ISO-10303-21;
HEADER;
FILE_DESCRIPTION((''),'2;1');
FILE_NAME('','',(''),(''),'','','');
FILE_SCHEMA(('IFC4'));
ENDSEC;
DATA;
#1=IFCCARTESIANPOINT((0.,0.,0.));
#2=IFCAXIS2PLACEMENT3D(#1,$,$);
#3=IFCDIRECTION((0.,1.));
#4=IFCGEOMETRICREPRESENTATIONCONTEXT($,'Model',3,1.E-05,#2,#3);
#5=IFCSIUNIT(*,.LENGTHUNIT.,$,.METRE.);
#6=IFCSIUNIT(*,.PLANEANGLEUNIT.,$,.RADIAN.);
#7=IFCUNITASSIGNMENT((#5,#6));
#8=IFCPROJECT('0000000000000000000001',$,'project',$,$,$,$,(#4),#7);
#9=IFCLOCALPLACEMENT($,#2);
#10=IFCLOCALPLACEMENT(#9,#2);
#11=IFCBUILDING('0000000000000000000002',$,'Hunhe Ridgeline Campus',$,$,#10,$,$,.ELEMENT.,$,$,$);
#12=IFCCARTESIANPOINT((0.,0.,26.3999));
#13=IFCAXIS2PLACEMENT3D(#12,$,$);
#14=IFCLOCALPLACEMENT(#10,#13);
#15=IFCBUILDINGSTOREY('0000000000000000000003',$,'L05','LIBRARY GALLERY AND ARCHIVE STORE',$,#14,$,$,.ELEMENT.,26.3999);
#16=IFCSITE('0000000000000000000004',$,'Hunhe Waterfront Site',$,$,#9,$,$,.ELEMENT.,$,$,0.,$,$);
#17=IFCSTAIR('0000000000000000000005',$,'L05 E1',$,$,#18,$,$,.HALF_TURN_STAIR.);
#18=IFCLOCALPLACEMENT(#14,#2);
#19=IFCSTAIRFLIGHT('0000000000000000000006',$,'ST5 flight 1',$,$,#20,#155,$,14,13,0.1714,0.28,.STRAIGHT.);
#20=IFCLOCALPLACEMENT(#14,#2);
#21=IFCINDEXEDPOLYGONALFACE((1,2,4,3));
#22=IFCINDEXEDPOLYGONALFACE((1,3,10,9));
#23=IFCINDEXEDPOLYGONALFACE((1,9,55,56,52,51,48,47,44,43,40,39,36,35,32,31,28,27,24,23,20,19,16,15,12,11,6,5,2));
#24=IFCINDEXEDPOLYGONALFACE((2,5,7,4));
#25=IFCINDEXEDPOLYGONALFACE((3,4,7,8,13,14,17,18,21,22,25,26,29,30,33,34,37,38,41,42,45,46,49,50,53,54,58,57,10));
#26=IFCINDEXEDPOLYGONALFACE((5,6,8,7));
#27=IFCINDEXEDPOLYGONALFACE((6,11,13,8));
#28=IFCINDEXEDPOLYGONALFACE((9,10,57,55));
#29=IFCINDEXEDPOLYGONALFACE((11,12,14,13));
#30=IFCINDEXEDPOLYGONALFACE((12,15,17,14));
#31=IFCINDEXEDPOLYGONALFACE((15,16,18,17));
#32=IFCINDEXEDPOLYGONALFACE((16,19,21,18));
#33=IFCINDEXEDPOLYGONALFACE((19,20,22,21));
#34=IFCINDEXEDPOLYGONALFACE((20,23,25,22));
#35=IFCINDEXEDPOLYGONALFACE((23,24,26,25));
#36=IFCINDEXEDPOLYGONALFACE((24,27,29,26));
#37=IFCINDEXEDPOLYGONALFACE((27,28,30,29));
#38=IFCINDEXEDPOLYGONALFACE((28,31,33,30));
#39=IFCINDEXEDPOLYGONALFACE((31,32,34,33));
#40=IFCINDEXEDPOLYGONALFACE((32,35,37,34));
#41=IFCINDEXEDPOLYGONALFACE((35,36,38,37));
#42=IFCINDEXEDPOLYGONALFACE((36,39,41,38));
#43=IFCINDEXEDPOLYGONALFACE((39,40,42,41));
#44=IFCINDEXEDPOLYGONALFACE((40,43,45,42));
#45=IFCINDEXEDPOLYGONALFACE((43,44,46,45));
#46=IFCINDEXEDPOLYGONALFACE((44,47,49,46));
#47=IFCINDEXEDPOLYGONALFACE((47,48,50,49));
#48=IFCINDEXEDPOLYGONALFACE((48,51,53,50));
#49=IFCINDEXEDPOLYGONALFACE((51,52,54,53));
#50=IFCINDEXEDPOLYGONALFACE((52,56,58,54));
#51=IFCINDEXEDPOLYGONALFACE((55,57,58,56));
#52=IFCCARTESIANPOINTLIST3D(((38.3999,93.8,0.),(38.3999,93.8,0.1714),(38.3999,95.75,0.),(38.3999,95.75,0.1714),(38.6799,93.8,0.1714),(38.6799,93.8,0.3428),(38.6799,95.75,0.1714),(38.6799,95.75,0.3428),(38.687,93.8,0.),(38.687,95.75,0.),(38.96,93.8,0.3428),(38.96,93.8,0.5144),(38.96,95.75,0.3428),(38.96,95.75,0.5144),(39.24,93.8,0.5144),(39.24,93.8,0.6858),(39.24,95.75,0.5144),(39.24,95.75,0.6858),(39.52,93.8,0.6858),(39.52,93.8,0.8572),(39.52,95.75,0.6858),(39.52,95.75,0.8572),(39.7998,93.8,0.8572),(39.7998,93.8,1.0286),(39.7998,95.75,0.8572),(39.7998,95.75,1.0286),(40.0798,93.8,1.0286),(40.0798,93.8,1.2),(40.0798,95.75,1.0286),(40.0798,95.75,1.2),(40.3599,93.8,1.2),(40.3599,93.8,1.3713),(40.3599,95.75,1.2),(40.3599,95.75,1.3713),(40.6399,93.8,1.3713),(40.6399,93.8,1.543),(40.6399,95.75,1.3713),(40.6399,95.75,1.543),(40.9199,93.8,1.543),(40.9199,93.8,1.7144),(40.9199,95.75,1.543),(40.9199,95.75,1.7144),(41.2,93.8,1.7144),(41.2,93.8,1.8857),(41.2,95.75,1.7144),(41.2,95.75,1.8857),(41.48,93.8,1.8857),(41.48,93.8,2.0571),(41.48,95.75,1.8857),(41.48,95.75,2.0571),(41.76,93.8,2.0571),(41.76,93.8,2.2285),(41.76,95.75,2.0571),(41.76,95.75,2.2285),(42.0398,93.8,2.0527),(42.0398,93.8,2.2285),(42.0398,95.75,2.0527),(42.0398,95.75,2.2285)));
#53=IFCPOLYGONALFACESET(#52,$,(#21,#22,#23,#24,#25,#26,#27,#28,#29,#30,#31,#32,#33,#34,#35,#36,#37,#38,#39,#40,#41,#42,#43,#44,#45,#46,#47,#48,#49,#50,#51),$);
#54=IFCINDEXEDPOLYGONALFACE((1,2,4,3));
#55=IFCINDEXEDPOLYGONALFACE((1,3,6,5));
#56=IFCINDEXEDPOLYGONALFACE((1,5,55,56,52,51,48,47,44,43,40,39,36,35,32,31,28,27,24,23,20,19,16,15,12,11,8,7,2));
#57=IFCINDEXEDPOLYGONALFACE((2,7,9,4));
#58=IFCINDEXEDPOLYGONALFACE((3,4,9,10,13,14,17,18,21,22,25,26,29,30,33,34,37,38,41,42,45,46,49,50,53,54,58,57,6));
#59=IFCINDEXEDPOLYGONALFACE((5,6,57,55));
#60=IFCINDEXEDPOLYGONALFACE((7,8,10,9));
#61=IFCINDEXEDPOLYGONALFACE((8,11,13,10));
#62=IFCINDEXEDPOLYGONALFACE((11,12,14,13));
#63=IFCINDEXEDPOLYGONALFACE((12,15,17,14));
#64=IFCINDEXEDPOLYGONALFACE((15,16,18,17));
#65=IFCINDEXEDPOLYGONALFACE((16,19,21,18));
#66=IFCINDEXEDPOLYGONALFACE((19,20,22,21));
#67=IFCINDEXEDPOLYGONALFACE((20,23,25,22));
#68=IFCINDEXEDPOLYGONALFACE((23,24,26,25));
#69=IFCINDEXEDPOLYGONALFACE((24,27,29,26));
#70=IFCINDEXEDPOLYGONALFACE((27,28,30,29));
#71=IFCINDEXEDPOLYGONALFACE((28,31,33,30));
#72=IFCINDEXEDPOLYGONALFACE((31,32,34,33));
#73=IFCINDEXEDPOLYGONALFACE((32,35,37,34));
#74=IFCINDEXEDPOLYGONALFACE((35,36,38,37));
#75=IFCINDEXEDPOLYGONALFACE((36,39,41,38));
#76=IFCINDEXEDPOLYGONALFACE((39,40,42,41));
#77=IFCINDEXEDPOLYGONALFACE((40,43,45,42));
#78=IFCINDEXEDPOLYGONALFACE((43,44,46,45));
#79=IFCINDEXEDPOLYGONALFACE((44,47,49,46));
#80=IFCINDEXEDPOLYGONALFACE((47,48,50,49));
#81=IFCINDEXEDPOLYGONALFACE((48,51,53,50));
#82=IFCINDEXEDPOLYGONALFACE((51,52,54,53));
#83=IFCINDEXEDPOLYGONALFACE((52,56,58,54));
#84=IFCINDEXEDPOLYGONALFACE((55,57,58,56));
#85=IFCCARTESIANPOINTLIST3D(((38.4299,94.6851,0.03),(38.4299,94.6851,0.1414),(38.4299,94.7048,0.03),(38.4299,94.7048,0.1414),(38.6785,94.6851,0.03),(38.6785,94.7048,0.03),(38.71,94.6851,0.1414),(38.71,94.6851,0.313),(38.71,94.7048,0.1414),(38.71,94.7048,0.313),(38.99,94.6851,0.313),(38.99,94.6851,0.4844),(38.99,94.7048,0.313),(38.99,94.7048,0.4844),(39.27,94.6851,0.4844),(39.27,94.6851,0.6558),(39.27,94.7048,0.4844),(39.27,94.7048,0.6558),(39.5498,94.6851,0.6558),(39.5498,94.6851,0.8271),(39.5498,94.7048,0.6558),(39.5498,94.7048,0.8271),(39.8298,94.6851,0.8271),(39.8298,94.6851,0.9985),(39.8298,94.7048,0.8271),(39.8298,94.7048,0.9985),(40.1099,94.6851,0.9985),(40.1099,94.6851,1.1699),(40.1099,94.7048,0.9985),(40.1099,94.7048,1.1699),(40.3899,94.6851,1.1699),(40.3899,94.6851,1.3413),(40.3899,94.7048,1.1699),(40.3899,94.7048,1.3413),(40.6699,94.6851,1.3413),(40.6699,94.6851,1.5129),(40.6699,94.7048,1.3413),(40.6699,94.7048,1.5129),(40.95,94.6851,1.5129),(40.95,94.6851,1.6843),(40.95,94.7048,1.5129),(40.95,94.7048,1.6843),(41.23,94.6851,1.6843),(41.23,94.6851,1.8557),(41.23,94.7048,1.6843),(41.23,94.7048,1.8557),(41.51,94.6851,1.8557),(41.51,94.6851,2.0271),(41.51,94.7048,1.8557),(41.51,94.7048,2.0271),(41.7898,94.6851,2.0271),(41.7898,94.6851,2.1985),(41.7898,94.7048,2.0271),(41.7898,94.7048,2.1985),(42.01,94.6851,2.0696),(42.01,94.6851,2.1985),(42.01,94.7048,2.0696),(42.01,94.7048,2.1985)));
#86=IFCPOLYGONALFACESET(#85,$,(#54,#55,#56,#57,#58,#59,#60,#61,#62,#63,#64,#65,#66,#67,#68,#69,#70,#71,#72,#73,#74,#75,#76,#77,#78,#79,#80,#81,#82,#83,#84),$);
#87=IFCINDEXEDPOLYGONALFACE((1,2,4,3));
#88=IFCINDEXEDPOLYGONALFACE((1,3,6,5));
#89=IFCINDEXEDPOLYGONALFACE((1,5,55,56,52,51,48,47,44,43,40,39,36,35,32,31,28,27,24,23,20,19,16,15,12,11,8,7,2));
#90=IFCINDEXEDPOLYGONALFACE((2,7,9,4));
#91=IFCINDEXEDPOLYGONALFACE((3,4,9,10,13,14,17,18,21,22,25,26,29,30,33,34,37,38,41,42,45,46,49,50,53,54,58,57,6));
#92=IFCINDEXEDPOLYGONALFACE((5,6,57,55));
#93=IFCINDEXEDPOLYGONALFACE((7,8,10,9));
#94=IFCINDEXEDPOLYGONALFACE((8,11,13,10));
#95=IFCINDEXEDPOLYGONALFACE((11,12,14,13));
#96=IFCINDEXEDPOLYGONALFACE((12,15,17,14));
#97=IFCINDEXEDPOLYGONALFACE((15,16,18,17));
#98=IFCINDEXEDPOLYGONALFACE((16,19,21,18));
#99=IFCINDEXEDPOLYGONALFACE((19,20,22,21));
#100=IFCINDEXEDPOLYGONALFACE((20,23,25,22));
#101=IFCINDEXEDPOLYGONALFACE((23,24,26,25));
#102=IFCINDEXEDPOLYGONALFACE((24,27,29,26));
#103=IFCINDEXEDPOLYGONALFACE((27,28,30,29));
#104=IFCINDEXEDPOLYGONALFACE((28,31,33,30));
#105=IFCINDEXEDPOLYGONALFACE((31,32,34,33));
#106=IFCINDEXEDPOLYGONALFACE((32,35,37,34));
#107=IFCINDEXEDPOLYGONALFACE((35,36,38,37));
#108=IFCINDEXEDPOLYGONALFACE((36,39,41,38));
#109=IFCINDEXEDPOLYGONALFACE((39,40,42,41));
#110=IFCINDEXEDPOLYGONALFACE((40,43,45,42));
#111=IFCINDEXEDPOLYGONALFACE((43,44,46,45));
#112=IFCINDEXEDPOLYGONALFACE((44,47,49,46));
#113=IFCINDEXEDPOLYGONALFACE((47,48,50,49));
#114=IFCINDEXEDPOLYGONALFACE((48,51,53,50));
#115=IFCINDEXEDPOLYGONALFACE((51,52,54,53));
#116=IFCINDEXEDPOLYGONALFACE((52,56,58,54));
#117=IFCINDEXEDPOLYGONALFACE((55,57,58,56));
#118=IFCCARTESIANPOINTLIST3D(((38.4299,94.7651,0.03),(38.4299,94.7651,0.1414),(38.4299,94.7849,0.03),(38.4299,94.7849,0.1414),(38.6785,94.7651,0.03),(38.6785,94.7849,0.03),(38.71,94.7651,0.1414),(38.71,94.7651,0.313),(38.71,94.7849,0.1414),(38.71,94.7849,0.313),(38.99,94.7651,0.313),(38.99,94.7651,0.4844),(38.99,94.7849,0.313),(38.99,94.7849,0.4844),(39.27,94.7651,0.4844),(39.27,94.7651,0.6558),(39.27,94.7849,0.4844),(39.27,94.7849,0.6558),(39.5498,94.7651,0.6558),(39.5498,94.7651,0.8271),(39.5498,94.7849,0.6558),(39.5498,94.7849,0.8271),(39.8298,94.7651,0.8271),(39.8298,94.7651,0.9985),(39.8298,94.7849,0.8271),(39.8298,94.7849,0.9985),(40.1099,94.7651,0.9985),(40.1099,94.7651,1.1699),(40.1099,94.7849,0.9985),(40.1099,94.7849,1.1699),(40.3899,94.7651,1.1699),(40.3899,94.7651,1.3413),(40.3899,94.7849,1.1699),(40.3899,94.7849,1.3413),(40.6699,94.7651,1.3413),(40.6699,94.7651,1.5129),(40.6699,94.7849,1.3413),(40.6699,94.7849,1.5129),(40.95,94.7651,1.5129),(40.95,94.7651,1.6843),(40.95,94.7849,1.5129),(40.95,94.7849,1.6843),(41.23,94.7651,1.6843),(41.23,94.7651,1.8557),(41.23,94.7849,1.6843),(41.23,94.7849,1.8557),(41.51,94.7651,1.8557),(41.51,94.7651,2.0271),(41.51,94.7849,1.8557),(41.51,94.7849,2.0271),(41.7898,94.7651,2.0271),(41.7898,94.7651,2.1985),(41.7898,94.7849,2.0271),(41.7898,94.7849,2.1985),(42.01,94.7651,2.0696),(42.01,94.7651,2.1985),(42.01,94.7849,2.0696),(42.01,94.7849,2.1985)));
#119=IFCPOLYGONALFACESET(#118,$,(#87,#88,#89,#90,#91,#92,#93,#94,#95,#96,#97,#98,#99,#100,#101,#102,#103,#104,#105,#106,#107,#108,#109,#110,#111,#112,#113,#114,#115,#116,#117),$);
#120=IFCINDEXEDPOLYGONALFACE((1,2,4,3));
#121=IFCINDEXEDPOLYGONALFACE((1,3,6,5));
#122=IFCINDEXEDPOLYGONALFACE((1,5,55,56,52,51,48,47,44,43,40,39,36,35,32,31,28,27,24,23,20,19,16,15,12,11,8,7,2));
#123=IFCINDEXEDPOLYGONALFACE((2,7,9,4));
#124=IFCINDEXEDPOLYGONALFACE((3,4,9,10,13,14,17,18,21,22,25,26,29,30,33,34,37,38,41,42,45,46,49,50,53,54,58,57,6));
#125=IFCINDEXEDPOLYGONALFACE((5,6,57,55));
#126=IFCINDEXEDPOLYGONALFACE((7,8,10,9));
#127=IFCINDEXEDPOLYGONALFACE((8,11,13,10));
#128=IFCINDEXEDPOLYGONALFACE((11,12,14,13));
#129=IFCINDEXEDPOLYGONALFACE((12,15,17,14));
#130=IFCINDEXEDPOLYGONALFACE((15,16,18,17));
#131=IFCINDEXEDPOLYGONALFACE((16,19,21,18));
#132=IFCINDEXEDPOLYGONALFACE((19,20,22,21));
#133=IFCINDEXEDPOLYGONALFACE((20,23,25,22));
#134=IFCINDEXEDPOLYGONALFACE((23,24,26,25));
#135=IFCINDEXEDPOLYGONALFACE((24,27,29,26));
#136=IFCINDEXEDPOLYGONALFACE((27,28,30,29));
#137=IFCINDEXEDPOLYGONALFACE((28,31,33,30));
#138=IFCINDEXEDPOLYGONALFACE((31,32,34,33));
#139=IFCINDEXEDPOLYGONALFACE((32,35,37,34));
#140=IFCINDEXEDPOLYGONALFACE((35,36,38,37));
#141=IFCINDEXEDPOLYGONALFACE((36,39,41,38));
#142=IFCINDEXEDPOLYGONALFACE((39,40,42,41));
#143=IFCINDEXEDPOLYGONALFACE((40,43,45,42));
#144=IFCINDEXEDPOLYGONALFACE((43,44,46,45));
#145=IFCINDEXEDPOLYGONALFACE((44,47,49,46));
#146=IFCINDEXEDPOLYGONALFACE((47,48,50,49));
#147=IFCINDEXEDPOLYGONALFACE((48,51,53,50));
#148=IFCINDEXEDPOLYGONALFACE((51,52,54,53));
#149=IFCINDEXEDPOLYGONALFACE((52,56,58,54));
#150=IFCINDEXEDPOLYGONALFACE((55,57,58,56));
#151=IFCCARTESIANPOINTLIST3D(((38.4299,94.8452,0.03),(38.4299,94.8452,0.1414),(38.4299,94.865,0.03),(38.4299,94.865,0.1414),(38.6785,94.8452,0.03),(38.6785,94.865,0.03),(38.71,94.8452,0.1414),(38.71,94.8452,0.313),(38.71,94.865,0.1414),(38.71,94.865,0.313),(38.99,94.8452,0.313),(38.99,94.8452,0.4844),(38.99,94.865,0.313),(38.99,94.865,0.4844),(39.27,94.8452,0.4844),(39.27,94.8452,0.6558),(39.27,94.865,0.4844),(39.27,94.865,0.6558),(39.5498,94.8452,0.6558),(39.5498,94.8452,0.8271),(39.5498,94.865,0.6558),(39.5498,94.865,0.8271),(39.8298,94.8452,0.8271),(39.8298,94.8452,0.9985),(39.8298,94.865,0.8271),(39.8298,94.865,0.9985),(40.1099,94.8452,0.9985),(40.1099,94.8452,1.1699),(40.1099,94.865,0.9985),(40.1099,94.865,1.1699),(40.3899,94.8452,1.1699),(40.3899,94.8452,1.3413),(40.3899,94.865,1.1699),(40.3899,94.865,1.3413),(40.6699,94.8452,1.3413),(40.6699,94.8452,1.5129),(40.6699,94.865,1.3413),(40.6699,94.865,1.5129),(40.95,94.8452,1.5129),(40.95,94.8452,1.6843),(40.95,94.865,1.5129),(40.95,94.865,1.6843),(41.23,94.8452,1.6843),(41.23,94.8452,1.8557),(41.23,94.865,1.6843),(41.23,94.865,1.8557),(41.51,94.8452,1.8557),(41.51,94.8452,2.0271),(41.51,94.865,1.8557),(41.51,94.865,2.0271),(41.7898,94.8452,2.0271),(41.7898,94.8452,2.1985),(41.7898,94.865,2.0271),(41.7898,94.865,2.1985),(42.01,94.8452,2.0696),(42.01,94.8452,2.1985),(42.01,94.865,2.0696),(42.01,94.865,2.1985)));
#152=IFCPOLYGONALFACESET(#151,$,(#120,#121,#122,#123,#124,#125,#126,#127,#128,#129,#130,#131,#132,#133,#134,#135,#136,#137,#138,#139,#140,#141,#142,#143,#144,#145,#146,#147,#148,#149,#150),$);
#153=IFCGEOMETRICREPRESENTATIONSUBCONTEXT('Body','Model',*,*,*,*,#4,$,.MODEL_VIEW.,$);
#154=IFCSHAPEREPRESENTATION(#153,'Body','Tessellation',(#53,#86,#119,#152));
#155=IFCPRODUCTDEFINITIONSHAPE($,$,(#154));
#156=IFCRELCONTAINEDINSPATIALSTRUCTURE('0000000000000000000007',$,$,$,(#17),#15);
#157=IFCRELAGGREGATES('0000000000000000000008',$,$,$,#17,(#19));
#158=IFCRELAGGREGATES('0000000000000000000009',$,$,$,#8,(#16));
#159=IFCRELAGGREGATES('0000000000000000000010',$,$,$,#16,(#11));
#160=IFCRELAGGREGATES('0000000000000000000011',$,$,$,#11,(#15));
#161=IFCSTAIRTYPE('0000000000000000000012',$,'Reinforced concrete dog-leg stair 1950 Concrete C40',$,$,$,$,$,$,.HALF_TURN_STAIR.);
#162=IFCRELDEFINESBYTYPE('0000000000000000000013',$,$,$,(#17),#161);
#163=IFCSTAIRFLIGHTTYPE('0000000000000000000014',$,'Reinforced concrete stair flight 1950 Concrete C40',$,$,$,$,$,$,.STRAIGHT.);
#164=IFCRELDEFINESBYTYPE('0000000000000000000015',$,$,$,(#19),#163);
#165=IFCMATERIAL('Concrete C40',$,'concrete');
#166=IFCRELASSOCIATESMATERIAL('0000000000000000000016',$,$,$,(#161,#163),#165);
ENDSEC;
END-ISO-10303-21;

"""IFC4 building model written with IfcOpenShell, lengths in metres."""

from ifc_helpers import new_model, si_unit, direction, frame, origin, place, context, subcontext, project, spatial, polyline, outline, extrude, material, type_object, element, aggregate, save


model = new_model("IFC4")

# Units and contexts
model_context = context("Model", 3, precision=1e-05, world=origin(), true_north=direction((0.0, 1.0)))
body_context = subcontext(model_context, "Body", "Model", "MODEL_VIEW")
ifc_project = project(units=[si_unit("LENGTHUNIT", "METRE"), si_unit("PLANEANGLEUNIT", "RADIAN")], contexts=[model_context])

# Site, building, storey
site_placement = place(None, origin())
site = spatial("IfcSite", under=ifc_project, at=site_placement, Name="Hunhe Waterfront Site", CompositionType="ELEMENT", RefElevation=0.0)
building_placement = place(site_placement, origin())
building = spatial("IfcBuilding", under=site, at=building_placement, Name="Hunhe Ridgeline Campus", CompositionType="ELEMENT")
storey_placement = place(building_placement, frame((0.0, 0.0, 26.3999)))
storey = spatial("IfcBuildingStorey", under=building, at=storey_placement, Name="L05", Description="LIBRARY GALLERY AND ARCHIVE STORE", CompositionType="ELEMENT", Elevation=26.3999)

# Stair, stair flight
ifc_material_1 = material(Name="Concrete C40", Category="concrete")
stair_type = type_object("IfcStairType", Name="Reinforced concrete dog-leg stair 1950 Concrete C40", PredefinedType="HALF_TURN_STAIR", material=ifc_material_1)
stair_placement = place(storey_placement, origin())
stair = element("IfcStair", 1, at=stair_placement, inside=storey, type_object=stair_type, Name="L05 E1", PredefinedType="HALF_TURN_STAIR")
stair_flight_type = type_object("IfcStairFlightType", Name="Reinforced concrete stair flight 1950 Concrete C40", PredefinedType="STRAIGHT", material=ifc_material_1)
stair_flight_1_placement = place(storey_placement, frame((38.3999, 94.7749, 0.0), z_axis=(0.0, 0.0, 1.0), x_axis=(1.0, 0.0, 0.0)))
stair_flight_1 = element("IfcStairFlight", 2, at=stair_flight_1_placement, type_object=stair_flight_type, Name="ST5 flight 1", NumberOfRisers=14, NumberOfTreads=13, PredefinedType="STRAIGHT", RiserHeight=0.1714, TreadLength=0.28, context=body_context, shape_type="SweptSolid", body=[
    extrude(outline(polyline([(0.0, 0.0), (0.0, 0.1714), (0.28, 0.1714), (0.28, 0.3428), (0.5601, 0.3428), (0.5601, 0.5144), (0.8401, 0.5144), (0.8401, 0.6858), (1.1201, 0.6858), (1.1201, 0.8572), (1.3999, 0.8572), (1.3999, 1.0286), (1.6799, 1.0286), (1.6799, 1.2), (1.96, 1.2), (1.96, 1.3713), (2.24, 1.3713), (2.24, 1.543), (2.52, 1.543), (2.52, 1.7144), (2.8, 1.7144), (2.8, 1.8857), (3.0801, 1.8857), (3.0801, 2.0571), (3.3601, 2.0571), (3.3601, 2.2285), (3.6399, 2.2285), (3.6399, 2.3999), (3.6399, 2.0527), (0.2871, 0.0), (0.0, 0.0)])), frame((0.0, 0.9751, 0.0), z_axis=(0.0, -1.0, 0.0), x_axis=(1.0, 0.0, 0.0)), (0.0, 0.0, 1.0), 1.95),
    extrude(outline(polyline([(0.03, 0.03), (0.03, 0.1414), (0.3101, 0.1414), (0.3101, 0.313), (0.5901, 0.313), (0.5901, 0.4844), (0.8701, 0.4844), (0.8701, 0.6558), (1.1499, 0.6558), (1.1499, 0.8271), (1.4299, 0.8271), (1.4299, 0.9985), (1.71, 0.9985), (1.71, 1.1699), (1.99, 1.1699), (1.99, 1.3413), (2.27, 1.3413), (2.27, 1.5129), (2.55, 1.5129), (2.55, 1.6843), (2.8301, 1.6843), (2.8301, 1.8557), (3.1101, 1.8557), (3.1101, 2.0271), (3.3899, 2.0271), (3.3899, 2.1985), (3.6101, 2.1985), (3.6101, 2.0696), (0.2786, 0.03), (0.03, 0.03)])), frame((0.0, -0.0701, 0.0), z_axis=(0.0, -1.0, 0.0), x_axis=(1.0, 0.0, 0.0)), (0.0, 0.0, 1.0), 0.0198),
    extrude(outline(polyline([(0.03, 0.03), (0.03, 0.1414), (0.3101, 0.1414), (0.3101, 0.313), (0.5901, 0.313), (0.5901, 0.4844), (0.8701, 0.4844), (0.8701, 0.6558), (1.1499, 0.6558), (1.1499, 0.8271), (1.4299, 0.8271), (1.4299, 0.9985), (1.71, 0.9985), (1.71, 1.1699), (1.99, 1.1699), (1.99, 1.3413), (2.27, 1.3413), (2.27, 1.5129), (2.55, 1.5129), (2.55, 1.6843), (2.8301, 1.6843), (2.8301, 1.8557), (3.1101, 1.8557), (3.1101, 2.0271), (3.3899, 2.0271), (3.3899, 2.1985), (3.6101, 2.1985), (3.6101, 2.0696), (0.2786, 0.03), (0.03, 0.03)])), frame((0.0, 0.01, 0.0), z_axis=(0.0, -1.0, 0.0), x_axis=(1.0, 0.0, 0.0)), (0.0, 0.0, 1.0), 0.0198),
    extrude(outline(polyline([(0.03, 0.03), (0.03, 0.1414), (0.3101, 0.1414), (0.3101, 0.313), (0.5901, 0.313), (0.5901, 0.4844), (0.8701, 0.4844), (0.8701, 0.6558), (1.1499, 0.6558), (1.1499, 0.8271), (1.4299, 0.8271), (1.4299, 0.9985), (1.71, 0.9985), (1.71, 1.1699), (1.99, 1.1699), (1.99, 1.3413), (2.27, 1.3413), (2.27, 1.5129), (2.55, 1.5129), (2.55, 1.6843), (2.8301, 1.6843), (2.8301, 1.8557), (3.1101, 1.8557), (3.1101, 2.0271), (3.3899, 2.0271), (3.3899, 2.1985), (3.6101, 2.1985), (3.6101, 2.0696), (0.2786, 0.03), (0.03, 0.03)])), frame((0.0, 0.0901, 0.0), z_axis=(0.0, -1.0, 0.0), x_axis=(1.0, 0.0, 0.0)), (0.0, 0.0, 1.0), 0.0198),
])
aggregate(stair, [stair_flight_1])

save(model, "model.ifc")
